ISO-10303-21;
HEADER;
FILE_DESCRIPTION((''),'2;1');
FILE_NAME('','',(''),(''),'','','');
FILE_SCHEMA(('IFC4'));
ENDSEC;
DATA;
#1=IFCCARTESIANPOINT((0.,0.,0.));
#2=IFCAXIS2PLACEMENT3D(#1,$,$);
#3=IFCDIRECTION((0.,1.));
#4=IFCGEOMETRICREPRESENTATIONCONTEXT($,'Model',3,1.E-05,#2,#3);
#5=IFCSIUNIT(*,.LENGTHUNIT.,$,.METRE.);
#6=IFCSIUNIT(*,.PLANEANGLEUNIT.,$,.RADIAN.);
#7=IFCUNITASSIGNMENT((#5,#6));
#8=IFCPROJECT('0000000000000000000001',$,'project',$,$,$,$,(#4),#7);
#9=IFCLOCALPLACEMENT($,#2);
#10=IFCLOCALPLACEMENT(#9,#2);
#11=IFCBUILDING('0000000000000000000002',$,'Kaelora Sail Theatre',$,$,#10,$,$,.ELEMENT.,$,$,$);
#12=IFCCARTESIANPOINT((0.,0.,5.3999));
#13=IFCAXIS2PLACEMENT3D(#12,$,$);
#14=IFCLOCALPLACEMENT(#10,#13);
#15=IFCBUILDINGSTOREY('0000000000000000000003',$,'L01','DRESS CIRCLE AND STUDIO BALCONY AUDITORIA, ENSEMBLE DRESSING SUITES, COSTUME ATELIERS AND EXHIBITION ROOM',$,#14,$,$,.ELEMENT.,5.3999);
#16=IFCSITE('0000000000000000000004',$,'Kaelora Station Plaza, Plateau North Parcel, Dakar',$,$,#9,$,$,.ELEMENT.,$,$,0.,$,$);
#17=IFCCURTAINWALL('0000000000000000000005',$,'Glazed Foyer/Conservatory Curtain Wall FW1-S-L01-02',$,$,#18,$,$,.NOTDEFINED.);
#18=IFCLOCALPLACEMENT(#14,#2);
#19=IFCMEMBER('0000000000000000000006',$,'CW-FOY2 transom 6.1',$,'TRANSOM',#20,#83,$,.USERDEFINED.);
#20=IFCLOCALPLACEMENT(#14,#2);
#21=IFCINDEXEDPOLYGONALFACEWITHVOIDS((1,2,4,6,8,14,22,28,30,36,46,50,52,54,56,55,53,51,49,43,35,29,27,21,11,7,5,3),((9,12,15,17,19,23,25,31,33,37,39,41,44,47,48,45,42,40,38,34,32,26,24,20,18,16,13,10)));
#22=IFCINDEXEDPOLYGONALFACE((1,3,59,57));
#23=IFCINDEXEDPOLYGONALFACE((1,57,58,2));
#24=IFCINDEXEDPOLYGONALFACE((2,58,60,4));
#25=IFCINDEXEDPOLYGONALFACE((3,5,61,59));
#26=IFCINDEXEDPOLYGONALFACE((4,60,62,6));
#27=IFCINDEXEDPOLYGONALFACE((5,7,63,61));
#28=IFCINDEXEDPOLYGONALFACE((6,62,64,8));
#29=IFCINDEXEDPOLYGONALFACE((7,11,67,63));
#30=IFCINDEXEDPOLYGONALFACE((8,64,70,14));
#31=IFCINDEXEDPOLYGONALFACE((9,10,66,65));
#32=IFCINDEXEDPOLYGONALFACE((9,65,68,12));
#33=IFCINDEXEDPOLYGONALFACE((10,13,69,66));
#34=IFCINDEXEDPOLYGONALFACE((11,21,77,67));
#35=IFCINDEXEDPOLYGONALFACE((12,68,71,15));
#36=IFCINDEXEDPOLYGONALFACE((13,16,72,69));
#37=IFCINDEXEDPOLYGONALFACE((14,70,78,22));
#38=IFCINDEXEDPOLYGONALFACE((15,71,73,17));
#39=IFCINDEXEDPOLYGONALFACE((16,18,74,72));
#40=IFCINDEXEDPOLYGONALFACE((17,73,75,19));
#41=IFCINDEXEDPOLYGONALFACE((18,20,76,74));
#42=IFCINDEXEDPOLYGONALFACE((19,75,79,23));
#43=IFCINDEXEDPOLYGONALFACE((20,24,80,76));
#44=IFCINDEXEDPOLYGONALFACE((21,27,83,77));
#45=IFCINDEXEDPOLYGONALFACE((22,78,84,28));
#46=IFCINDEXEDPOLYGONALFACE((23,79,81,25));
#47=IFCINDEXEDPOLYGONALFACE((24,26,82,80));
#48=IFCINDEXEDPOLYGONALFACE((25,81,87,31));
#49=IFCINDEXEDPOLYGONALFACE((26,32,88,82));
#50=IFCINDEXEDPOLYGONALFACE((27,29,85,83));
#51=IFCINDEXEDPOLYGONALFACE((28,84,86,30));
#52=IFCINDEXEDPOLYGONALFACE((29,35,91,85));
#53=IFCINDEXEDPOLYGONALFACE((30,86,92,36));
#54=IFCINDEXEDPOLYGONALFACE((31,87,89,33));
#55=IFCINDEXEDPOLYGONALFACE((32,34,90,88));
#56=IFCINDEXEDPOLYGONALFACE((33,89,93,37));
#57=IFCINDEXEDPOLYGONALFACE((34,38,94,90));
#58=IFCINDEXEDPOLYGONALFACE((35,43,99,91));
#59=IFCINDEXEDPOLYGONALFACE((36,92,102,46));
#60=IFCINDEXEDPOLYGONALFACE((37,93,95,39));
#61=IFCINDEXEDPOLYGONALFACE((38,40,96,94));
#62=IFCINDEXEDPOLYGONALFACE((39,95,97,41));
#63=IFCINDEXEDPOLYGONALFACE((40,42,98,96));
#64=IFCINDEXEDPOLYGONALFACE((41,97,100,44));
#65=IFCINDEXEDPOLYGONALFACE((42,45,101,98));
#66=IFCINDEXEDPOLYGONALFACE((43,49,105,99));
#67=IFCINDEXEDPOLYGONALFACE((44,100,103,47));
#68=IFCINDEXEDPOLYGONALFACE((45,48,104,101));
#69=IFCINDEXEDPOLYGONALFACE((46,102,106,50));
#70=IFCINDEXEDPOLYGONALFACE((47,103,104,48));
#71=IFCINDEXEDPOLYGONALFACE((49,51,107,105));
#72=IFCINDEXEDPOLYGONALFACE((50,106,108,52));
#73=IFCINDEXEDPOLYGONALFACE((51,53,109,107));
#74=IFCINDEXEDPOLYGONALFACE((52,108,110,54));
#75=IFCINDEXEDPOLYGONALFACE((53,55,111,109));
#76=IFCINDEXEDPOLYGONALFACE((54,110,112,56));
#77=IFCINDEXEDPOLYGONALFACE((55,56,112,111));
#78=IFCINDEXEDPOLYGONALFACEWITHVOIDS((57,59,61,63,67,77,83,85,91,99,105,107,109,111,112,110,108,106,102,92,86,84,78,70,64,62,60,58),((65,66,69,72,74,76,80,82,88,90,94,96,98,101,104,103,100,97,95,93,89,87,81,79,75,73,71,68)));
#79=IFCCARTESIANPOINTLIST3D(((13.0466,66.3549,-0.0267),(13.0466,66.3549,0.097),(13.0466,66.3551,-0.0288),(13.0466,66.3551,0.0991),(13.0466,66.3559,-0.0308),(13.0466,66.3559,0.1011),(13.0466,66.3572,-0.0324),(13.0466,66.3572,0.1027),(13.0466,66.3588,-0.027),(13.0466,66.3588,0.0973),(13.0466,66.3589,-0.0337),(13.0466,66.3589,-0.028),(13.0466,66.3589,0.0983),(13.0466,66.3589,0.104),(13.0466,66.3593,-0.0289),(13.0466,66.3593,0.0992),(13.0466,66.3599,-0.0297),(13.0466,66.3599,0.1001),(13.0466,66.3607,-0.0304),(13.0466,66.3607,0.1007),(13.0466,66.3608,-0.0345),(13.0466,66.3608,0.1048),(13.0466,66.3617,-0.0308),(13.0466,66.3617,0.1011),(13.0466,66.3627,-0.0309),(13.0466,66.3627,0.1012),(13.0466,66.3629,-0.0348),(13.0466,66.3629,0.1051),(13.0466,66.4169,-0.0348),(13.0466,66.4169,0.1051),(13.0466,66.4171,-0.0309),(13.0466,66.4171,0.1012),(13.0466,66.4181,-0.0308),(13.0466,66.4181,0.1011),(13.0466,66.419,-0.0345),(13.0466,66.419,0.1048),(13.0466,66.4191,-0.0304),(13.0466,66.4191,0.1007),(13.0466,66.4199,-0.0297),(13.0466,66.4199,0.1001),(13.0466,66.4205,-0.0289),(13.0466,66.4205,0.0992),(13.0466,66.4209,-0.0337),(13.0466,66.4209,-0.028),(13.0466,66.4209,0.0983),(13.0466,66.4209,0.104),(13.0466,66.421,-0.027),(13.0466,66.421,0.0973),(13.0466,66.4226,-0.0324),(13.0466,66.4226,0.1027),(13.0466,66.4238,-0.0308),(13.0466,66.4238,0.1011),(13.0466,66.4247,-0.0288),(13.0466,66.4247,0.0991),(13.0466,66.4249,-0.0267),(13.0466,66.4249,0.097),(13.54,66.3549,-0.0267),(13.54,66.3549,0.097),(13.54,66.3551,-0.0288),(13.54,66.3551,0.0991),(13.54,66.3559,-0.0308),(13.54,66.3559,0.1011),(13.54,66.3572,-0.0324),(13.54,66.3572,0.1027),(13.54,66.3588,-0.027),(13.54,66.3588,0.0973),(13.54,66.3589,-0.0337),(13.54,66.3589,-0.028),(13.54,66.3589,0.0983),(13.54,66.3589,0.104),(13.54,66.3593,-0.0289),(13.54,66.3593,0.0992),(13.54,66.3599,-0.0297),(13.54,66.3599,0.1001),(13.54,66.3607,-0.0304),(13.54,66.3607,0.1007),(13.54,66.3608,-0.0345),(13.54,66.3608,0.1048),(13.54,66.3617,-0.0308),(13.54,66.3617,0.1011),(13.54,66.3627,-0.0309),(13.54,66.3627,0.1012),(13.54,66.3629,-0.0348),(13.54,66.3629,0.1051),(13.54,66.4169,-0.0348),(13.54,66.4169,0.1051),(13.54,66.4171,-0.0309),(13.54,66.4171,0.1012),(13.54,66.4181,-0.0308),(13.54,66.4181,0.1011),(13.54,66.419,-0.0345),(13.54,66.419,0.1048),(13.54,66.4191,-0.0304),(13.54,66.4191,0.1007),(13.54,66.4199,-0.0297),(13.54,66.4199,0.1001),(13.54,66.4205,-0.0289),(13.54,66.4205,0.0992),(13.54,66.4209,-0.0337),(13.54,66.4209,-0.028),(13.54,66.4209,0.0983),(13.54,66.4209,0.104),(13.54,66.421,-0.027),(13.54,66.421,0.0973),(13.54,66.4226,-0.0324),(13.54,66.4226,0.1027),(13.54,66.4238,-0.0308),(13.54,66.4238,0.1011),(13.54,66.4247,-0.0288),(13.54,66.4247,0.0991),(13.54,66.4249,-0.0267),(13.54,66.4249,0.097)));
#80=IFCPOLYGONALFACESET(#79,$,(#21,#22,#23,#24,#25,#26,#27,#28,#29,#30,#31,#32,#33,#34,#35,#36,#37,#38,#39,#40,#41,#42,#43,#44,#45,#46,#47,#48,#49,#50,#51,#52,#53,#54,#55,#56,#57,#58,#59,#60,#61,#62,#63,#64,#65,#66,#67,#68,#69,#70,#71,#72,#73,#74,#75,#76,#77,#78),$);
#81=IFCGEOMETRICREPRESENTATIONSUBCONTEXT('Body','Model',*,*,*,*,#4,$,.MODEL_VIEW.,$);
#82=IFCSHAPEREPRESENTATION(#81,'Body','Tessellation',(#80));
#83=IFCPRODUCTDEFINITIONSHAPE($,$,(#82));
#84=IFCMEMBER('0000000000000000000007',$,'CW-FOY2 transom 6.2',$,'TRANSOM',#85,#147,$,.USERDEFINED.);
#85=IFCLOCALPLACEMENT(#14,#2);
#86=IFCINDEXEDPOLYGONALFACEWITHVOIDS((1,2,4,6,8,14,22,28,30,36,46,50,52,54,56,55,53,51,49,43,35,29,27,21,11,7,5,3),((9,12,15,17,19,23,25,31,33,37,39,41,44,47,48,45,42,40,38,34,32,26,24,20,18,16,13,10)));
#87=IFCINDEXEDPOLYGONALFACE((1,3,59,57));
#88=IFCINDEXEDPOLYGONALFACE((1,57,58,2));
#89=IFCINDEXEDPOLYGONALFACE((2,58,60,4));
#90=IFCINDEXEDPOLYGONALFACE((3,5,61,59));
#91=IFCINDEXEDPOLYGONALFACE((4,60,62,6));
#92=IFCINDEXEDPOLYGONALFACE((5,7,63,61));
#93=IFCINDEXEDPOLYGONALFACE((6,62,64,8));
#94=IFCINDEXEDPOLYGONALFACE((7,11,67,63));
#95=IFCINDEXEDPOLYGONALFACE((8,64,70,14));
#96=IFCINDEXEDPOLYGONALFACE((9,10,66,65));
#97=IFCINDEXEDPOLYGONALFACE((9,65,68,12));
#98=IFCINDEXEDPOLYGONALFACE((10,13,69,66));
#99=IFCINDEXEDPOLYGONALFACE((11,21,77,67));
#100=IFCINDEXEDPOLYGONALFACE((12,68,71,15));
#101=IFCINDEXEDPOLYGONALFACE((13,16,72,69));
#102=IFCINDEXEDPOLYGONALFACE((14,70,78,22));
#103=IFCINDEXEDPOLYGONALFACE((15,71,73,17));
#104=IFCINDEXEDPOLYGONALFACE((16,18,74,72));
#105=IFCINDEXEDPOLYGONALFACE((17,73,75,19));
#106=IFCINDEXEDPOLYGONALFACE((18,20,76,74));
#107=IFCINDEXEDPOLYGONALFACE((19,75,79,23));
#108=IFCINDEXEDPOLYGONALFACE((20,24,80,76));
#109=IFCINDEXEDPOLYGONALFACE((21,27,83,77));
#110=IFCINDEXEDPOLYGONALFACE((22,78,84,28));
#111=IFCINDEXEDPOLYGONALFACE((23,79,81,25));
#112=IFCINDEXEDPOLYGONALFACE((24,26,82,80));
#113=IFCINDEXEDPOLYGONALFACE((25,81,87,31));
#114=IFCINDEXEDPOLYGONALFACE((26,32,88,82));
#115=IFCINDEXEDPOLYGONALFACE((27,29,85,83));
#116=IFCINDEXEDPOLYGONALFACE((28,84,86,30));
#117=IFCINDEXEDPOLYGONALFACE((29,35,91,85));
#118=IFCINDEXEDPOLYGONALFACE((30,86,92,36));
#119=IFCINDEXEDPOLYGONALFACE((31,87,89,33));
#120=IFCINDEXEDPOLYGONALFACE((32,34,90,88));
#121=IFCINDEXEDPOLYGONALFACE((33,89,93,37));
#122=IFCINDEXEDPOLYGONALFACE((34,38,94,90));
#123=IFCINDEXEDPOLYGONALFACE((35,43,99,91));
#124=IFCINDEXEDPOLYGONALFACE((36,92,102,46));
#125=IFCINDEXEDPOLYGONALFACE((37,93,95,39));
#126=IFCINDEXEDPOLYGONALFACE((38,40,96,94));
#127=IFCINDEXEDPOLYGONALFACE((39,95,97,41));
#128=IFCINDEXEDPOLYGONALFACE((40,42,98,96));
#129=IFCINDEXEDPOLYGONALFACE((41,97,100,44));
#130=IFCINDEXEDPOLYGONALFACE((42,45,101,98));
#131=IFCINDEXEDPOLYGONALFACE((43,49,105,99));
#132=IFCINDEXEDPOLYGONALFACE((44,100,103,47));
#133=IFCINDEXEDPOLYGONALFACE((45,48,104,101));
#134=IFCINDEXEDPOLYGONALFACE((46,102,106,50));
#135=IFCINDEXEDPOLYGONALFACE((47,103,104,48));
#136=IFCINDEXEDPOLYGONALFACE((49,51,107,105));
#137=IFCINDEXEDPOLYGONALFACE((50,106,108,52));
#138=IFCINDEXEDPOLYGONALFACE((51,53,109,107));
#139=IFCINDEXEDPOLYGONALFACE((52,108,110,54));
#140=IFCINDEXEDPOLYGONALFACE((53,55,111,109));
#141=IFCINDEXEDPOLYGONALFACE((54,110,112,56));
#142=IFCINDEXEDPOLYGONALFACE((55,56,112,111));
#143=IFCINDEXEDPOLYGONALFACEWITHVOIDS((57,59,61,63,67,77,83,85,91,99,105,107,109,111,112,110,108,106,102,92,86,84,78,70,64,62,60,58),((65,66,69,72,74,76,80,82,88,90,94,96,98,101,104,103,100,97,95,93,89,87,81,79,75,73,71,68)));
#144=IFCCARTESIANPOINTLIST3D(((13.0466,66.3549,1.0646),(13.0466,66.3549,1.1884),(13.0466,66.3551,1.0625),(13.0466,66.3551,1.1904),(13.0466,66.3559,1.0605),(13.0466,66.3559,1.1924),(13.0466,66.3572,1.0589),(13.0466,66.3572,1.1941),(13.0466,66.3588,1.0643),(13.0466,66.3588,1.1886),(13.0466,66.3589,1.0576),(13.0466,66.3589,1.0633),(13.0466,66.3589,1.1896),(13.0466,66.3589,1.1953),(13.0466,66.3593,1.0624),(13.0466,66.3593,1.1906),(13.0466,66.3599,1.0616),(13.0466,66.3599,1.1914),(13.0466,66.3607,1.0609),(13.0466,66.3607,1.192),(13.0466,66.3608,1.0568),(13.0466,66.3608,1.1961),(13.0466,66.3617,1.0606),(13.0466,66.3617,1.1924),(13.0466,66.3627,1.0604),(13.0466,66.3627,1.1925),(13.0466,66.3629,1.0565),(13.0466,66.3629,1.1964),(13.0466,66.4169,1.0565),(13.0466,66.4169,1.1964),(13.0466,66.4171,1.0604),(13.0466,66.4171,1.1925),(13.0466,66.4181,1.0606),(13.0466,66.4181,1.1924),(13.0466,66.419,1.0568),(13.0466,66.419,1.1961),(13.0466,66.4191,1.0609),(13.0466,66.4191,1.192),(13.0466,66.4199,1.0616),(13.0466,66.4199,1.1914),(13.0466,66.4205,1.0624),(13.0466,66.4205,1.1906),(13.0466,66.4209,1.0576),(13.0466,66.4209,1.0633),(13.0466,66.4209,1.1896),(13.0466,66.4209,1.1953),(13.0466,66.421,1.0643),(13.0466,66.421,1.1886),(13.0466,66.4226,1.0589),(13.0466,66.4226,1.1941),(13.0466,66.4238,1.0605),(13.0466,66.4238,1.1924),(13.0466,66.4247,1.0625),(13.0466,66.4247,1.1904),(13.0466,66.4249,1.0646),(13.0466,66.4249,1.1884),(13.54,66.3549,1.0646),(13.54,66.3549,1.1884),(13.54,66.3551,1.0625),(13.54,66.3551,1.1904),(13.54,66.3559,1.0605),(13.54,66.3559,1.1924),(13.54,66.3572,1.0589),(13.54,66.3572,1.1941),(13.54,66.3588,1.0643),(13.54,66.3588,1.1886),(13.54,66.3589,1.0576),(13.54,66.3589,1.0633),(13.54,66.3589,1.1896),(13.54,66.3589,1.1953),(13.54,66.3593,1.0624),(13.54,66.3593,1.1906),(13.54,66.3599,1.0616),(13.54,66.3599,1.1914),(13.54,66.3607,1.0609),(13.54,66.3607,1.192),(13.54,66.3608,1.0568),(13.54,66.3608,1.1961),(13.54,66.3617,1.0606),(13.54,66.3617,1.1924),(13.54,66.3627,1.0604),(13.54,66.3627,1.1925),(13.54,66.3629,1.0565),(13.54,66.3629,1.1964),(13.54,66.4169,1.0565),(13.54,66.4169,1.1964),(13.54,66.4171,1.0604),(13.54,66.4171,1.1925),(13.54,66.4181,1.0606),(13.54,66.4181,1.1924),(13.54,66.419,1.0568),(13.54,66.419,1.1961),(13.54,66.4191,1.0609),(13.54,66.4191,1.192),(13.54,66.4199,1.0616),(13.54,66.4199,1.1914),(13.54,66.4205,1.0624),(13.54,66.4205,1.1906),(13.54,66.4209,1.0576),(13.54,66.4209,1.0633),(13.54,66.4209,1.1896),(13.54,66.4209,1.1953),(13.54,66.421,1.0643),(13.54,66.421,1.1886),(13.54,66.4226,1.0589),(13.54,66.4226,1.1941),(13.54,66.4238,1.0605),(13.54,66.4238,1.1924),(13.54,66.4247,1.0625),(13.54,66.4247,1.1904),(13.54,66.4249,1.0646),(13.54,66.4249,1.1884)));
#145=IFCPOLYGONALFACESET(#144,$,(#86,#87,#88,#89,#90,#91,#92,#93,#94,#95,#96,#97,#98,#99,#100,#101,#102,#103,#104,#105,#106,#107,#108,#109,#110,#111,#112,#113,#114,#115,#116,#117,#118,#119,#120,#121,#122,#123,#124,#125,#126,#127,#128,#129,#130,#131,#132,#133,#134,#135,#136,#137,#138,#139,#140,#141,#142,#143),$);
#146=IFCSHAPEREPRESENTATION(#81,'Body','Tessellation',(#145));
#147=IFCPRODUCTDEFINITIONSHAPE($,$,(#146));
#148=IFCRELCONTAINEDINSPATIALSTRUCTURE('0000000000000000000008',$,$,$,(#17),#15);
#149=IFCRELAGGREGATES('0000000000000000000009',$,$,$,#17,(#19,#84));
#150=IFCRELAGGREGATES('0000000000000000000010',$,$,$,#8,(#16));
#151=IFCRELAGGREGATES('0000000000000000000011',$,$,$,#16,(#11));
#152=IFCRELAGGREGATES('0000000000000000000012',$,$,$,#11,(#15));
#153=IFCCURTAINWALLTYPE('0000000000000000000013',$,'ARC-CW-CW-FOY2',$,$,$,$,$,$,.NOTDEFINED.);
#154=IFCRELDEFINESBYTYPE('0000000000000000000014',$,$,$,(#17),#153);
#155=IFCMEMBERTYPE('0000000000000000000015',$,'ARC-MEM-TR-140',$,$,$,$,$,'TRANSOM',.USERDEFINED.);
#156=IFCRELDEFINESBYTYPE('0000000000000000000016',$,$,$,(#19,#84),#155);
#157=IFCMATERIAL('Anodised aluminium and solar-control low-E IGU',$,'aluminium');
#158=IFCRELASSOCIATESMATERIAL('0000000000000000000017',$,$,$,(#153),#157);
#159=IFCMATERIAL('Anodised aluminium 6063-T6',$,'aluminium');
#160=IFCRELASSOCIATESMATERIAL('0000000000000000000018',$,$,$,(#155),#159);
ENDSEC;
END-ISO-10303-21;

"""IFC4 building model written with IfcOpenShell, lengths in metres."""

from ifc_helpers import new_model, si_unit, direction, frame, origin, origin_2d, place, context, subcontext, project, spatial, hollow_rectangle, extrude, material, material_profile, profile_set, type_object, element, aggregate, save


model = new_model("IFC4")

# Units and contexts
model_context = context("Model", 3, precision=1e-05, world=origin(), true_north=direction((0.0, 1.0)))
body_context = subcontext(model_context, "Body", "Model", "MODEL_VIEW")
ifc_project = project(units=[si_unit("LENGTHUNIT", "METRE"), si_unit("PLANEANGLEUNIT", "RADIAN")], contexts=[model_context])

# Site, building, storey
site_placement = place(None, origin())
site = spatial("IfcSite", under=ifc_project, at=site_placement, Name="Kaelora Station Plaza, Plateau North Parcel, Dakar", CompositionType="ELEMENT", RefElevation=0.0)
building_placement = place(site_placement, origin())
building = spatial("IfcBuilding", under=site, at=building_placement, Name="Kaelora Sail Theatre", CompositionType="ELEMENT")
storey_placement = place(building_placement, frame((0.0, 0.0, 5.3999)))
storey = spatial("IfcBuildingStorey", under=building, at=storey_placement, Name="L01", Description="DRESS CIRCLE AND STUDIO BALCONY AUDITORIA, ENSEMBLE DRESSING SUITES, COSTUME ATELIERS AND EXHIBITION ROOM", CompositionType="ELEMENT", Elevation=5.3999)

# Curtain wall
ifc_material_1 = material(Name="Anodised aluminium and solar-control low-E IGU", Category="aluminium")
curtain_wall_type = type_object("IfcCurtainWallType", Name="ARC-CW-CW-FOY2", PredefinedType="NOTDEFINED", material=ifc_material_1)
curtain_wall_1_placement = place(storey_placement, origin())
curtain_wall_1 = element("IfcCurtainWall", 1, at=curtain_wall_1_placement, inside=storey, type_object=curtain_wall_type, Name="Glazed Foyer/Conservatory Curtain Wall FW1-S-L01-02", PredefinedType="NOTDEFINED")

# Members
ifc_material_2 = material(Name="Anodised aluminium 6063-T6", Category="aluminium")
ifc_material_profile_1 = material_profile(ifc_material_2, hollow_rectangle(XDim=0.0701, YDim=0.1399, WallThickness=0.0039, InnerFilletRadius=0.0039, OuterFilletRadius=0.0081, at=origin_2d()), Name="ALU-TRAN 70x140x4")
ifc_profile_set_1 = profile_set([ifc_material_profile_1], Name="Anodised aluminium 6063-T6")
member_type_1 = type_object("IfcMemberType", Name="ARC-MEM-TR-140", ElementType="TRANSOM", PredefinedType="USERDEFINED", material=ifc_profile_set_1)
member_1_placement = place(storey_placement, frame((13.0466, 66.3899, 0.0352), z_axis=(1.0, 0.0, 0.0), x_axis=(0.0, 1.0, 0.0)))
member_1 = element("IfcMember", 2, at=member_1_placement, type_object=member_type_1, Name="CW-FOY2 transom 6.1", ObjectType="TRANSOM", PredefinedType="USERDEFINED", context=body_context, shape_type="SweptSolid", body=[
    extrude(hollow_rectangle(XDim=0.0701, YDim=0.1399, WallThickness=0.0039, InnerFilletRadius=0.0039, OuterFilletRadius=0.0081, at=origin_2d()), origin(), (0.0, 0.0, 1.0), 0.4934),
])
member_2_placement = place(storey_placement, frame((13.0466, 66.3899, 1.1265), z_axis=(1.0, 0.0, 0.0), x_axis=(0.0, 1.0, 0.0)))
member_2 = element("IfcMember", 3, at=member_2_placement, type_object=member_type_1, Name="CW-FOY2 transom 6.2", ObjectType="TRANSOM", PredefinedType="USERDEFINED", context=body_context, shape_type="SweptSolid", body=[
    extrude(hollow_rectangle(XDim=0.0701, YDim=0.1399, WallThickness=0.0039, InnerFilletRadius=0.0039, OuterFilletRadius=0.0081, at=origin_2d()), origin(), (0.0, 0.0, 1.0), 0.4934),
])

aggregate(curtain_wall_1, [member_1, member_2])

save(model, "model.ifc")
